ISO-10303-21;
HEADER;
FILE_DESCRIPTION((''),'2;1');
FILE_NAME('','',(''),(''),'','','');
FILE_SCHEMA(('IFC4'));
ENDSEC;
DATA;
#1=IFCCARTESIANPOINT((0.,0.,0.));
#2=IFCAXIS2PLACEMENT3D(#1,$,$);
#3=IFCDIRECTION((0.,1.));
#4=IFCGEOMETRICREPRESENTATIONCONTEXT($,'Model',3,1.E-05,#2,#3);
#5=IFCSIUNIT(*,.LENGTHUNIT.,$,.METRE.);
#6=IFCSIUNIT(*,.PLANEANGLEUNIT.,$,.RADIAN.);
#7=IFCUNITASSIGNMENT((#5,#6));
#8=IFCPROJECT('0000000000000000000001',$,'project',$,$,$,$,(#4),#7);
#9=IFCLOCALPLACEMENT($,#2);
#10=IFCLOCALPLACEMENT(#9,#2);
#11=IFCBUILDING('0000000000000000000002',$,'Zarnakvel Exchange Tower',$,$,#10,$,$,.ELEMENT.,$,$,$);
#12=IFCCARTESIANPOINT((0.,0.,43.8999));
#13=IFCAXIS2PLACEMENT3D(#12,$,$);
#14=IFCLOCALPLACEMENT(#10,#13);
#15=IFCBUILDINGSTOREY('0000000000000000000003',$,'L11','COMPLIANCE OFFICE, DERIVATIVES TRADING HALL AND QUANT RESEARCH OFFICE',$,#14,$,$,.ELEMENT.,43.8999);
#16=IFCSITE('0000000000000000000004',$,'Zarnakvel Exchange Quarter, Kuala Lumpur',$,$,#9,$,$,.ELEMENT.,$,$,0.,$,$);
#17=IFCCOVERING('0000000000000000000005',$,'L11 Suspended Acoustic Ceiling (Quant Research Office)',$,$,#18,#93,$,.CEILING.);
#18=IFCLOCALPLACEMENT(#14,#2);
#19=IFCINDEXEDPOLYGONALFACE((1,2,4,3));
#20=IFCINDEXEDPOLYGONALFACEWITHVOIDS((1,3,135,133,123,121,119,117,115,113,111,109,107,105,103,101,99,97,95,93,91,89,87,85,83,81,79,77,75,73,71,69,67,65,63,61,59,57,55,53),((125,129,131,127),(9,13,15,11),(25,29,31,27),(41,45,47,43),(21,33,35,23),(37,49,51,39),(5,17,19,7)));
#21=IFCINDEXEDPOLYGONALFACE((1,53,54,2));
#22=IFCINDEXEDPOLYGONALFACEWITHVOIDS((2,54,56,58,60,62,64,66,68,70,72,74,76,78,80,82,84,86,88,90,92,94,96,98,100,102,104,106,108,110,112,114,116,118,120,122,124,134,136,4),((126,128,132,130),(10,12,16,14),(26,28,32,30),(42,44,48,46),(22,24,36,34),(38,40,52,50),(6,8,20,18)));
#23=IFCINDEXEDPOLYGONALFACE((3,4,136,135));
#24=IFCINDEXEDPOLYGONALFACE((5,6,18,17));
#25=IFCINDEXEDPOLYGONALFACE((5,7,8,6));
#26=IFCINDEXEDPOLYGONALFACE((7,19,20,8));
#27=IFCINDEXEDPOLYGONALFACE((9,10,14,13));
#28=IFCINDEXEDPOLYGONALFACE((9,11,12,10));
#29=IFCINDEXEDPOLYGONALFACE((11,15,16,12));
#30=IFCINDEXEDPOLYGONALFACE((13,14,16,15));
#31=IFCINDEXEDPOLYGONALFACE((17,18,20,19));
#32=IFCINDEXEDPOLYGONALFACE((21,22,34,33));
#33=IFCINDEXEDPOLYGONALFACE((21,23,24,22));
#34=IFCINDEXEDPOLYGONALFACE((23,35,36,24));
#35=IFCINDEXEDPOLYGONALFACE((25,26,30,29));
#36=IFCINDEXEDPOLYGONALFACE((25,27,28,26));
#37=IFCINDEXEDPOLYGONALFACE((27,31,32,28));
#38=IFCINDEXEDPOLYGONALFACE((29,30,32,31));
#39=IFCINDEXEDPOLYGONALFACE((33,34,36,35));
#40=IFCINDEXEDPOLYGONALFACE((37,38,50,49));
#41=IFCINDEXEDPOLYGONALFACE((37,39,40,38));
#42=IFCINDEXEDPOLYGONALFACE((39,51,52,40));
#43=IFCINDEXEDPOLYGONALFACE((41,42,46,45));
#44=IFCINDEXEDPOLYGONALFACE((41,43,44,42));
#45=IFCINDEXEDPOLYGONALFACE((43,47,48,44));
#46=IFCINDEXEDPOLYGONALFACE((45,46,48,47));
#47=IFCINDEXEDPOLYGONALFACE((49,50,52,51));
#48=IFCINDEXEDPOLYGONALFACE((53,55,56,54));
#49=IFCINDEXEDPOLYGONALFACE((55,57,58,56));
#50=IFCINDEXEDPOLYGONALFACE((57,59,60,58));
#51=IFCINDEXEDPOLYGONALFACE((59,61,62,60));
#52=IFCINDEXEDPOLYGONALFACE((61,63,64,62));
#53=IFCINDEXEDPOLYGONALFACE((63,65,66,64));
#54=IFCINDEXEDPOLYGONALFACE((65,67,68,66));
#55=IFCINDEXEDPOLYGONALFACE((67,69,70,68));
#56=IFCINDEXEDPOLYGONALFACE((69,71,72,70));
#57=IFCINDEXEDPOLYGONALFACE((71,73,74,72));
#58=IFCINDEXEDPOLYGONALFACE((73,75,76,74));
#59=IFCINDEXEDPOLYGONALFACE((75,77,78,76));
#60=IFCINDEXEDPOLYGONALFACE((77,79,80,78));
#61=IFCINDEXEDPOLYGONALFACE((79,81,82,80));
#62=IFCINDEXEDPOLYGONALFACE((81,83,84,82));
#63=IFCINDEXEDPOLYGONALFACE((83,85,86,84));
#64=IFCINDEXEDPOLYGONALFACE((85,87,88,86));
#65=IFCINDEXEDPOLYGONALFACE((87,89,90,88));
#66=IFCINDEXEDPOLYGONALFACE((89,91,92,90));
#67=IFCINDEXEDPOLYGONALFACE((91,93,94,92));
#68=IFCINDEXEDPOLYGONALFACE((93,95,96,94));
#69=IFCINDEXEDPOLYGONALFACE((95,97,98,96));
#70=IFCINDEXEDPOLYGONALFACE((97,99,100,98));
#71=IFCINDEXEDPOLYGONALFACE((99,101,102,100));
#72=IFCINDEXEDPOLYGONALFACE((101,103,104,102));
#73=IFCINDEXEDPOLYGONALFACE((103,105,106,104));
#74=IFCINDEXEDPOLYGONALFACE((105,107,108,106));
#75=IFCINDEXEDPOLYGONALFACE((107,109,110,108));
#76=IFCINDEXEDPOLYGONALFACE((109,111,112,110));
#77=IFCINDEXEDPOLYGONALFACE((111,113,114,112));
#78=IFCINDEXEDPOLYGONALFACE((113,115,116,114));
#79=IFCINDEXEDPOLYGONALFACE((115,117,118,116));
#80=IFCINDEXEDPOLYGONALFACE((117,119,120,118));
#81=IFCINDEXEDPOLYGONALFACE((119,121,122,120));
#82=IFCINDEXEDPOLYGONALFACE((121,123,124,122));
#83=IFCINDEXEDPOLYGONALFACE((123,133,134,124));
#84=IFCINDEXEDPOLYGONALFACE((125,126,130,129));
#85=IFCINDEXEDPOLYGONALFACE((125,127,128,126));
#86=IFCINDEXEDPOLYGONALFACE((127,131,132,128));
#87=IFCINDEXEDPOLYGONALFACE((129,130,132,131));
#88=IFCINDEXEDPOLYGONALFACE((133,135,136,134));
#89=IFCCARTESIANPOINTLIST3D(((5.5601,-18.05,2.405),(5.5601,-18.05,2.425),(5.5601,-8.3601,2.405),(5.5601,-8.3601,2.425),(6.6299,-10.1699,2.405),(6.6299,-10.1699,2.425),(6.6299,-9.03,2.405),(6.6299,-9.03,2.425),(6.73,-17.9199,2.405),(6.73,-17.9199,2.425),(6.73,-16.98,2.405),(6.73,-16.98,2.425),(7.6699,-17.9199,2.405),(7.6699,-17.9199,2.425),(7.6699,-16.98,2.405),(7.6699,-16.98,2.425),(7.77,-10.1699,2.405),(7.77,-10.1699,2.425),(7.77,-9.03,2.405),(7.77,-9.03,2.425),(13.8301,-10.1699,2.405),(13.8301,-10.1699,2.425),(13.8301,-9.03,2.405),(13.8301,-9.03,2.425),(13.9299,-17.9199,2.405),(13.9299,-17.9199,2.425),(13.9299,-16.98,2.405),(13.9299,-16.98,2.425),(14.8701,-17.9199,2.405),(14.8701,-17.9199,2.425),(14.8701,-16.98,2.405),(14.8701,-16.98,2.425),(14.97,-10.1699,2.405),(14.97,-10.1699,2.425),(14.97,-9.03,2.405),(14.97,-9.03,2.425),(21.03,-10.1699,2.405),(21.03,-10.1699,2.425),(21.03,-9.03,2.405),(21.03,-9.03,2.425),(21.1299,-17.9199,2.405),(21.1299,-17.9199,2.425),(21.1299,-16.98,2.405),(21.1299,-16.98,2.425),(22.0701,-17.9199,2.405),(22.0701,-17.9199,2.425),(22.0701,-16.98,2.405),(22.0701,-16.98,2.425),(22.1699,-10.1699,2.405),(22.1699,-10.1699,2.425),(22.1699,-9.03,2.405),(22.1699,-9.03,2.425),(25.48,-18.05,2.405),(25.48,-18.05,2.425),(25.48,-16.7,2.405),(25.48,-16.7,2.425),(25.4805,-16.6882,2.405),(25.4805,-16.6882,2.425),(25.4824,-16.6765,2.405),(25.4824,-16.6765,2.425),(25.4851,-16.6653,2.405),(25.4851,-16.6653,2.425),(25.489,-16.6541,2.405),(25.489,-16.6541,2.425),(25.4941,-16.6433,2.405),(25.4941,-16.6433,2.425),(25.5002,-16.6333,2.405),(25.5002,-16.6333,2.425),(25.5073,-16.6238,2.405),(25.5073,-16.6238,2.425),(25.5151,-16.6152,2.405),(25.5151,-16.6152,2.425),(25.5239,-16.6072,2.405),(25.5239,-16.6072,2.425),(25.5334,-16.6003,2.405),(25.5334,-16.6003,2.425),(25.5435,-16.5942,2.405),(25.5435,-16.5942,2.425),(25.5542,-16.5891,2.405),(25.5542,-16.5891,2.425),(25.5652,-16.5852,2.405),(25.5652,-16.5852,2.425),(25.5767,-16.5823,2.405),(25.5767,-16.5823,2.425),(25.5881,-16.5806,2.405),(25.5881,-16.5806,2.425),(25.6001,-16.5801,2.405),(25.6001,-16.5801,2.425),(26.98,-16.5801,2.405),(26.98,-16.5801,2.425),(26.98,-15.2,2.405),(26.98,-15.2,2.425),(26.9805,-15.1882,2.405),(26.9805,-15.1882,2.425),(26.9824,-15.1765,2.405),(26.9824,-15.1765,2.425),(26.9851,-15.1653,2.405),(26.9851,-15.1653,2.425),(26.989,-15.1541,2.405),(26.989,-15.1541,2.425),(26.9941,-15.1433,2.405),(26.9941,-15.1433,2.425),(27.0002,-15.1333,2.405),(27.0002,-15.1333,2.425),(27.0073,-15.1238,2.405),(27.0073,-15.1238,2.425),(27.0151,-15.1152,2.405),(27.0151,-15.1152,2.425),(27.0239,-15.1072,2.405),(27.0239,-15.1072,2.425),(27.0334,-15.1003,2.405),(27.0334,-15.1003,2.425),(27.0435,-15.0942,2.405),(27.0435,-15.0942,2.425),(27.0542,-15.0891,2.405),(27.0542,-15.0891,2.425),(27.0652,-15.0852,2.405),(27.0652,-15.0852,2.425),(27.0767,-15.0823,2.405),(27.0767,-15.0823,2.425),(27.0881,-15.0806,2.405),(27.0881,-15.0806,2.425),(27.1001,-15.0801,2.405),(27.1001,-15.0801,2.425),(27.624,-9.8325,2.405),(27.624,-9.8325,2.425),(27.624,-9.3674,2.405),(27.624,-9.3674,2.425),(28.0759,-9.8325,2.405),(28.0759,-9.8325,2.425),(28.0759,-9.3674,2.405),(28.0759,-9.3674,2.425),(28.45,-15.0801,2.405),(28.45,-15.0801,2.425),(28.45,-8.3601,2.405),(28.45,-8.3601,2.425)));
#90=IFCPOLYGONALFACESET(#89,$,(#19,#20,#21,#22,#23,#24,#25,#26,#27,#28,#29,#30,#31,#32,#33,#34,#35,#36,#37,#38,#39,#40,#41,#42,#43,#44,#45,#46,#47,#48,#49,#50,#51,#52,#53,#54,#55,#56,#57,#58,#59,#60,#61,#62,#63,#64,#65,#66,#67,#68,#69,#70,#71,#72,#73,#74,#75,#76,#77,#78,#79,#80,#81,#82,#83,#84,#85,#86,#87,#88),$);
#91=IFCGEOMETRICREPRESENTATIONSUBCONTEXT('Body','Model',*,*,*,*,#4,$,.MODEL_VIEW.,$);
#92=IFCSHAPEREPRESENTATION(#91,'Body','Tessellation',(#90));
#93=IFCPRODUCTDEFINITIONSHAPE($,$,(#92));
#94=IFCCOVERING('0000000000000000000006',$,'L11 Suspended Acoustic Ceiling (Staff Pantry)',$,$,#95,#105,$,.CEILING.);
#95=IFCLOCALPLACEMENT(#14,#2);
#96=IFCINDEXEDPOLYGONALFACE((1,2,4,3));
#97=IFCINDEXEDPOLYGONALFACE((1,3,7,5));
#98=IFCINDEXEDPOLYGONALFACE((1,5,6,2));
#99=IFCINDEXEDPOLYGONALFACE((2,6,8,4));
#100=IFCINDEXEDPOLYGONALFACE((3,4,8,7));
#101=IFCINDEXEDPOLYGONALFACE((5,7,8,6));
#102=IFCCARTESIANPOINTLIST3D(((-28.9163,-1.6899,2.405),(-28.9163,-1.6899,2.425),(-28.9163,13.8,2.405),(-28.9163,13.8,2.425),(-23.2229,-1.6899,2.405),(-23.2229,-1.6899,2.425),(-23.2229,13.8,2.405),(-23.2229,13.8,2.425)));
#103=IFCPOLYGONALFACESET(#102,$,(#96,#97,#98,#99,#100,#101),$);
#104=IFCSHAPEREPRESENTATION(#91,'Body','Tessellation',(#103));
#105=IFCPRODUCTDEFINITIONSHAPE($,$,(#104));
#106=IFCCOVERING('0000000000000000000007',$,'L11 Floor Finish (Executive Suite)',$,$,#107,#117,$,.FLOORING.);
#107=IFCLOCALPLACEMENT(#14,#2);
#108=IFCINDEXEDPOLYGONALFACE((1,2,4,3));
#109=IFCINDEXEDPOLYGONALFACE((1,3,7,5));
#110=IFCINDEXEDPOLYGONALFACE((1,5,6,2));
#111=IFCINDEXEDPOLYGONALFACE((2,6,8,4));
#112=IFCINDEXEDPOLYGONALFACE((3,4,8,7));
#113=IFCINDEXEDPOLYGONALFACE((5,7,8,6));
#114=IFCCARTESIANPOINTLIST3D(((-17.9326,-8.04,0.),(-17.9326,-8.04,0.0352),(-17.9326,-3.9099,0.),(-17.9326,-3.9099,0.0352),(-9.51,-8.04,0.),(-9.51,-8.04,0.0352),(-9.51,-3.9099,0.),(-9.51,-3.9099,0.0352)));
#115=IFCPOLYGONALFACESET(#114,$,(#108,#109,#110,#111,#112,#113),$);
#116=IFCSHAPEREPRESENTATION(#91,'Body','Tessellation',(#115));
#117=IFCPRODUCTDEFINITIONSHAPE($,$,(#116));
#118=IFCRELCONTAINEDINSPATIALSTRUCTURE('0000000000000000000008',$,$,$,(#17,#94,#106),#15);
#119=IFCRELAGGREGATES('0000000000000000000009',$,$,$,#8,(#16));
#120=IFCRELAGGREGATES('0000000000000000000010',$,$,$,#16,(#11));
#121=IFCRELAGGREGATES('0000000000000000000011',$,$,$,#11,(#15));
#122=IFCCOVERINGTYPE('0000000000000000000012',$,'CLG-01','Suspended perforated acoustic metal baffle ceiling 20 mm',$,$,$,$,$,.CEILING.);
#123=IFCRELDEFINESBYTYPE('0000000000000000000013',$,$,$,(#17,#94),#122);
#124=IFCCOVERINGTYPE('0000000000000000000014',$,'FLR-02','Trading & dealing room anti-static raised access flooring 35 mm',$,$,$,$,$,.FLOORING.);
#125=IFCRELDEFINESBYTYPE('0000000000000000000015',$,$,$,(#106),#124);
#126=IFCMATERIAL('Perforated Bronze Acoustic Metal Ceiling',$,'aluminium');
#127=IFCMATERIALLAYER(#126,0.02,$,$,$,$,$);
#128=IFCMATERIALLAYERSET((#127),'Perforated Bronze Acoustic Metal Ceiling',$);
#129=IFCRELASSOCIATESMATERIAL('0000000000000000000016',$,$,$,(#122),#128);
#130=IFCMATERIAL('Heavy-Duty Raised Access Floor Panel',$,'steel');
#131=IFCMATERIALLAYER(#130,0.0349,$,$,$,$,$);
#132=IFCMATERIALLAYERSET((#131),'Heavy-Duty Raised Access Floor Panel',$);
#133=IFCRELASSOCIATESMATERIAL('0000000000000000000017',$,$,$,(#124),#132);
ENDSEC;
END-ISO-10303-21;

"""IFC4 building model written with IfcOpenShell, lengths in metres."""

from ifc_helpers import new_model, si_unit, direction, frame, origin, place, context, subcontext, project, spatial, polyline, outline, extrude, material, layer, layer_set, type_object, element, save


model = new_model("IFC4")

# Units and contexts
model_context = context("Model", 3, precision=1e-05, world=origin(), true_north=direction((0.0, 1.0)))
body_context = subcontext(model_context, "Body", "Model", "MODEL_VIEW")
ifc_project = project(units=[si_unit("LENGTHUNIT", "METRE"), si_unit("PLANEANGLEUNIT", "RADIAN")], contexts=[model_context])

# Site, building, storey
site_placement = place(None, origin())
site = spatial("IfcSite", under=ifc_project, at=site_placement, Name="Zarnakvel Exchange Quarter, Kuala Lumpur", CompositionType="ELEMENT", RefElevation=0.0)
building_placement = place(site_placement, origin())
building = spatial("IfcBuilding", under=site, at=building_placement, Name="Zarnakvel Exchange Tower", CompositionType="ELEMENT")
storey_placement = place(building_placement, frame((0.0, 0.0, 43.8999)))
storey = spatial("IfcBuildingStorey", under=building, at=storey_placement, Name="L11", Description="COMPLIANCE OFFICE, DERIVATIVES TRADING HALL AND QUANT RESEARCH OFFICE", CompositionType="ELEMENT", Elevation=43.8999)

# Coverings
ifc_material_1 = material(Name="Perforated Bronze Acoustic Metal Ceiling", Category="aluminium")
ifc_layer_1 = layer(ifc_material_1, 0.02)
ifc_layer_set_1 = layer_set([ifc_layer_1], Name="Perforated Bronze Acoustic Metal Ceiling")
covering_type_1 = type_object("IfcCoveringType", Name="CLG-01", Description="Suspended perforated acoustic metal baffle ceiling 20 mm", PredefinedType="CEILING", material=ifc_layer_set_1)
covering_1_placement = place(storey_placement, frame((0.0, 0.0, 2.405)))
element("IfcCovering", 1, at=covering_1_placement, inside=storey, type_object=covering_type_1, Name="L11 Suspended Acoustic Ceiling (Quant Research Office)", PredefinedType="CEILING", context=body_context, shape_type="SweptSolid", body=[
    extrude(outline(polyline([(5.5601, -8.3601), (28.45, -8.3601), (28.45, -15.0801), (27.1001, -15.0801), (27.0881, -15.0806), (27.0767, -15.0823), (27.0652, -15.0852), (27.0542, -15.0891), (27.0435, -15.0942), (27.0334, -15.1003), (27.0239, -15.1072), (27.0151, -15.1152), (27.0073, -15.1238), (27.0002, -15.1333), (26.9941, -15.1433), (26.989, -15.1541), (26.9851, -15.1653), (26.9824, -15.1765), (26.9805, -15.1882), (26.98, -15.2), (26.98, -16.5801), (25.6001, -16.5801), (25.5881, -16.5806), (25.5767, -16.5823), (25.5652, -16.5852), (25.5542, -16.5891), (25.5435, -16.5942), (25.5334, -16.6003), (25.5239, -16.6072), (25.5151, -16.6152), (25.5073, -16.6238), (25.5002, -16.6333), (25.4941, -16.6433), (25.489, -16.6541), (25.4851, -16.6653), (25.4824, -16.6765), (25.4805, -16.6882), (25.48, -16.7), (25.48, -18.05), (5.5601, -18.05), (5.5601, -8.3601)]), holes=[polyline([(28.0759, -9.8325), (28.0759, -9.3674), (27.624, -9.3674), (27.624, -9.8325), (28.0759, -9.8325)]), polyline([(22.1699, -10.1699), (22.1699, -9.03), (21.03, -9.03), (21.03, -10.1699), (22.1699, -10.1699)]), polyline([(22.0701, -17.9199), (22.0701, -16.98), (21.1299, -16.98), (21.1299, -17.9199), (22.0701, -17.9199)]), polyline([(13.8301, -10.1699), (14.97, -10.1699), (14.97, -9.03), (13.8301, -9.03), (13.8301, -10.1699)]), polyline([(14.8701, -17.9199), (14.8701, -16.98), (13.9299, -16.98), (13.9299, -17.9199), (14.8701, -17.9199)]), polyline([(6.6299, -10.1699), (7.77, -10.1699), (7.77, -9.03), (6.6299, -9.03), (6.6299, -10.1699)]), polyline([(7.6699, -17.9199), (7.6699, -16.98), (6.73, -16.98), (6.73, -17.9199), (7.6699, -17.9199)])]), origin(), (0.0, 0.0, 1.0), 0.02),
])
covering_2_placement = place(storey_placement, frame((0.0, 0.0, 2.405)))
element("IfcCovering", 2, at=covering_2_placement, inside=storey, type_object=covering_type_1, Name="L11 Suspended Acoustic Ceiling (Staff Pantry)", PredefinedType="CEILING", context=body_context, shape_type="SweptSolid", body=[
    extrude(outline(polyline([(-28.9163, 13.8), (-23.2229, 13.8), (-23.2229, -1.6899), (-28.9163, -1.6899), (-28.9163, 13.8)])), origin(), (0.0, 0.0, 1.0), 0.02),
])
ifc_material_2 = material(Name="Heavy-Duty Raised Access Floor Panel", Category="steel")
ifc_layer_2 = layer(ifc_material_2, 0.0349)
ifc_layer_set_2 = layer_set([ifc_layer_2], Name="Heavy-Duty Raised Access Floor Panel")
covering_type_2 = type_object("IfcCoveringType", Name="FLR-02", Description="Trading & dealing room anti-static raised access flooring 35 mm", PredefinedType="FLOORING", material=ifc_layer_set_2)
covering_3_placement = place(storey_placement, origin())
element("IfcCovering", 3, at=covering_3_placement, inside=storey, type_object=covering_type_2, Name="L11 Floor Finish (Executive Suite)", PredefinedType="FLOORING", context=body_context, shape_type="SweptSolid", body=[
    extrude(outline(polyline([(-17.9326, -3.9099), (-9.51, -3.9099), (-9.51, -8.04), (-17.9326, -8.04), (-17.9326, -3.9099)])), origin(), (0.0, 0.0, 1.0), 0.0352),
])

save(model, "model.ifc")
